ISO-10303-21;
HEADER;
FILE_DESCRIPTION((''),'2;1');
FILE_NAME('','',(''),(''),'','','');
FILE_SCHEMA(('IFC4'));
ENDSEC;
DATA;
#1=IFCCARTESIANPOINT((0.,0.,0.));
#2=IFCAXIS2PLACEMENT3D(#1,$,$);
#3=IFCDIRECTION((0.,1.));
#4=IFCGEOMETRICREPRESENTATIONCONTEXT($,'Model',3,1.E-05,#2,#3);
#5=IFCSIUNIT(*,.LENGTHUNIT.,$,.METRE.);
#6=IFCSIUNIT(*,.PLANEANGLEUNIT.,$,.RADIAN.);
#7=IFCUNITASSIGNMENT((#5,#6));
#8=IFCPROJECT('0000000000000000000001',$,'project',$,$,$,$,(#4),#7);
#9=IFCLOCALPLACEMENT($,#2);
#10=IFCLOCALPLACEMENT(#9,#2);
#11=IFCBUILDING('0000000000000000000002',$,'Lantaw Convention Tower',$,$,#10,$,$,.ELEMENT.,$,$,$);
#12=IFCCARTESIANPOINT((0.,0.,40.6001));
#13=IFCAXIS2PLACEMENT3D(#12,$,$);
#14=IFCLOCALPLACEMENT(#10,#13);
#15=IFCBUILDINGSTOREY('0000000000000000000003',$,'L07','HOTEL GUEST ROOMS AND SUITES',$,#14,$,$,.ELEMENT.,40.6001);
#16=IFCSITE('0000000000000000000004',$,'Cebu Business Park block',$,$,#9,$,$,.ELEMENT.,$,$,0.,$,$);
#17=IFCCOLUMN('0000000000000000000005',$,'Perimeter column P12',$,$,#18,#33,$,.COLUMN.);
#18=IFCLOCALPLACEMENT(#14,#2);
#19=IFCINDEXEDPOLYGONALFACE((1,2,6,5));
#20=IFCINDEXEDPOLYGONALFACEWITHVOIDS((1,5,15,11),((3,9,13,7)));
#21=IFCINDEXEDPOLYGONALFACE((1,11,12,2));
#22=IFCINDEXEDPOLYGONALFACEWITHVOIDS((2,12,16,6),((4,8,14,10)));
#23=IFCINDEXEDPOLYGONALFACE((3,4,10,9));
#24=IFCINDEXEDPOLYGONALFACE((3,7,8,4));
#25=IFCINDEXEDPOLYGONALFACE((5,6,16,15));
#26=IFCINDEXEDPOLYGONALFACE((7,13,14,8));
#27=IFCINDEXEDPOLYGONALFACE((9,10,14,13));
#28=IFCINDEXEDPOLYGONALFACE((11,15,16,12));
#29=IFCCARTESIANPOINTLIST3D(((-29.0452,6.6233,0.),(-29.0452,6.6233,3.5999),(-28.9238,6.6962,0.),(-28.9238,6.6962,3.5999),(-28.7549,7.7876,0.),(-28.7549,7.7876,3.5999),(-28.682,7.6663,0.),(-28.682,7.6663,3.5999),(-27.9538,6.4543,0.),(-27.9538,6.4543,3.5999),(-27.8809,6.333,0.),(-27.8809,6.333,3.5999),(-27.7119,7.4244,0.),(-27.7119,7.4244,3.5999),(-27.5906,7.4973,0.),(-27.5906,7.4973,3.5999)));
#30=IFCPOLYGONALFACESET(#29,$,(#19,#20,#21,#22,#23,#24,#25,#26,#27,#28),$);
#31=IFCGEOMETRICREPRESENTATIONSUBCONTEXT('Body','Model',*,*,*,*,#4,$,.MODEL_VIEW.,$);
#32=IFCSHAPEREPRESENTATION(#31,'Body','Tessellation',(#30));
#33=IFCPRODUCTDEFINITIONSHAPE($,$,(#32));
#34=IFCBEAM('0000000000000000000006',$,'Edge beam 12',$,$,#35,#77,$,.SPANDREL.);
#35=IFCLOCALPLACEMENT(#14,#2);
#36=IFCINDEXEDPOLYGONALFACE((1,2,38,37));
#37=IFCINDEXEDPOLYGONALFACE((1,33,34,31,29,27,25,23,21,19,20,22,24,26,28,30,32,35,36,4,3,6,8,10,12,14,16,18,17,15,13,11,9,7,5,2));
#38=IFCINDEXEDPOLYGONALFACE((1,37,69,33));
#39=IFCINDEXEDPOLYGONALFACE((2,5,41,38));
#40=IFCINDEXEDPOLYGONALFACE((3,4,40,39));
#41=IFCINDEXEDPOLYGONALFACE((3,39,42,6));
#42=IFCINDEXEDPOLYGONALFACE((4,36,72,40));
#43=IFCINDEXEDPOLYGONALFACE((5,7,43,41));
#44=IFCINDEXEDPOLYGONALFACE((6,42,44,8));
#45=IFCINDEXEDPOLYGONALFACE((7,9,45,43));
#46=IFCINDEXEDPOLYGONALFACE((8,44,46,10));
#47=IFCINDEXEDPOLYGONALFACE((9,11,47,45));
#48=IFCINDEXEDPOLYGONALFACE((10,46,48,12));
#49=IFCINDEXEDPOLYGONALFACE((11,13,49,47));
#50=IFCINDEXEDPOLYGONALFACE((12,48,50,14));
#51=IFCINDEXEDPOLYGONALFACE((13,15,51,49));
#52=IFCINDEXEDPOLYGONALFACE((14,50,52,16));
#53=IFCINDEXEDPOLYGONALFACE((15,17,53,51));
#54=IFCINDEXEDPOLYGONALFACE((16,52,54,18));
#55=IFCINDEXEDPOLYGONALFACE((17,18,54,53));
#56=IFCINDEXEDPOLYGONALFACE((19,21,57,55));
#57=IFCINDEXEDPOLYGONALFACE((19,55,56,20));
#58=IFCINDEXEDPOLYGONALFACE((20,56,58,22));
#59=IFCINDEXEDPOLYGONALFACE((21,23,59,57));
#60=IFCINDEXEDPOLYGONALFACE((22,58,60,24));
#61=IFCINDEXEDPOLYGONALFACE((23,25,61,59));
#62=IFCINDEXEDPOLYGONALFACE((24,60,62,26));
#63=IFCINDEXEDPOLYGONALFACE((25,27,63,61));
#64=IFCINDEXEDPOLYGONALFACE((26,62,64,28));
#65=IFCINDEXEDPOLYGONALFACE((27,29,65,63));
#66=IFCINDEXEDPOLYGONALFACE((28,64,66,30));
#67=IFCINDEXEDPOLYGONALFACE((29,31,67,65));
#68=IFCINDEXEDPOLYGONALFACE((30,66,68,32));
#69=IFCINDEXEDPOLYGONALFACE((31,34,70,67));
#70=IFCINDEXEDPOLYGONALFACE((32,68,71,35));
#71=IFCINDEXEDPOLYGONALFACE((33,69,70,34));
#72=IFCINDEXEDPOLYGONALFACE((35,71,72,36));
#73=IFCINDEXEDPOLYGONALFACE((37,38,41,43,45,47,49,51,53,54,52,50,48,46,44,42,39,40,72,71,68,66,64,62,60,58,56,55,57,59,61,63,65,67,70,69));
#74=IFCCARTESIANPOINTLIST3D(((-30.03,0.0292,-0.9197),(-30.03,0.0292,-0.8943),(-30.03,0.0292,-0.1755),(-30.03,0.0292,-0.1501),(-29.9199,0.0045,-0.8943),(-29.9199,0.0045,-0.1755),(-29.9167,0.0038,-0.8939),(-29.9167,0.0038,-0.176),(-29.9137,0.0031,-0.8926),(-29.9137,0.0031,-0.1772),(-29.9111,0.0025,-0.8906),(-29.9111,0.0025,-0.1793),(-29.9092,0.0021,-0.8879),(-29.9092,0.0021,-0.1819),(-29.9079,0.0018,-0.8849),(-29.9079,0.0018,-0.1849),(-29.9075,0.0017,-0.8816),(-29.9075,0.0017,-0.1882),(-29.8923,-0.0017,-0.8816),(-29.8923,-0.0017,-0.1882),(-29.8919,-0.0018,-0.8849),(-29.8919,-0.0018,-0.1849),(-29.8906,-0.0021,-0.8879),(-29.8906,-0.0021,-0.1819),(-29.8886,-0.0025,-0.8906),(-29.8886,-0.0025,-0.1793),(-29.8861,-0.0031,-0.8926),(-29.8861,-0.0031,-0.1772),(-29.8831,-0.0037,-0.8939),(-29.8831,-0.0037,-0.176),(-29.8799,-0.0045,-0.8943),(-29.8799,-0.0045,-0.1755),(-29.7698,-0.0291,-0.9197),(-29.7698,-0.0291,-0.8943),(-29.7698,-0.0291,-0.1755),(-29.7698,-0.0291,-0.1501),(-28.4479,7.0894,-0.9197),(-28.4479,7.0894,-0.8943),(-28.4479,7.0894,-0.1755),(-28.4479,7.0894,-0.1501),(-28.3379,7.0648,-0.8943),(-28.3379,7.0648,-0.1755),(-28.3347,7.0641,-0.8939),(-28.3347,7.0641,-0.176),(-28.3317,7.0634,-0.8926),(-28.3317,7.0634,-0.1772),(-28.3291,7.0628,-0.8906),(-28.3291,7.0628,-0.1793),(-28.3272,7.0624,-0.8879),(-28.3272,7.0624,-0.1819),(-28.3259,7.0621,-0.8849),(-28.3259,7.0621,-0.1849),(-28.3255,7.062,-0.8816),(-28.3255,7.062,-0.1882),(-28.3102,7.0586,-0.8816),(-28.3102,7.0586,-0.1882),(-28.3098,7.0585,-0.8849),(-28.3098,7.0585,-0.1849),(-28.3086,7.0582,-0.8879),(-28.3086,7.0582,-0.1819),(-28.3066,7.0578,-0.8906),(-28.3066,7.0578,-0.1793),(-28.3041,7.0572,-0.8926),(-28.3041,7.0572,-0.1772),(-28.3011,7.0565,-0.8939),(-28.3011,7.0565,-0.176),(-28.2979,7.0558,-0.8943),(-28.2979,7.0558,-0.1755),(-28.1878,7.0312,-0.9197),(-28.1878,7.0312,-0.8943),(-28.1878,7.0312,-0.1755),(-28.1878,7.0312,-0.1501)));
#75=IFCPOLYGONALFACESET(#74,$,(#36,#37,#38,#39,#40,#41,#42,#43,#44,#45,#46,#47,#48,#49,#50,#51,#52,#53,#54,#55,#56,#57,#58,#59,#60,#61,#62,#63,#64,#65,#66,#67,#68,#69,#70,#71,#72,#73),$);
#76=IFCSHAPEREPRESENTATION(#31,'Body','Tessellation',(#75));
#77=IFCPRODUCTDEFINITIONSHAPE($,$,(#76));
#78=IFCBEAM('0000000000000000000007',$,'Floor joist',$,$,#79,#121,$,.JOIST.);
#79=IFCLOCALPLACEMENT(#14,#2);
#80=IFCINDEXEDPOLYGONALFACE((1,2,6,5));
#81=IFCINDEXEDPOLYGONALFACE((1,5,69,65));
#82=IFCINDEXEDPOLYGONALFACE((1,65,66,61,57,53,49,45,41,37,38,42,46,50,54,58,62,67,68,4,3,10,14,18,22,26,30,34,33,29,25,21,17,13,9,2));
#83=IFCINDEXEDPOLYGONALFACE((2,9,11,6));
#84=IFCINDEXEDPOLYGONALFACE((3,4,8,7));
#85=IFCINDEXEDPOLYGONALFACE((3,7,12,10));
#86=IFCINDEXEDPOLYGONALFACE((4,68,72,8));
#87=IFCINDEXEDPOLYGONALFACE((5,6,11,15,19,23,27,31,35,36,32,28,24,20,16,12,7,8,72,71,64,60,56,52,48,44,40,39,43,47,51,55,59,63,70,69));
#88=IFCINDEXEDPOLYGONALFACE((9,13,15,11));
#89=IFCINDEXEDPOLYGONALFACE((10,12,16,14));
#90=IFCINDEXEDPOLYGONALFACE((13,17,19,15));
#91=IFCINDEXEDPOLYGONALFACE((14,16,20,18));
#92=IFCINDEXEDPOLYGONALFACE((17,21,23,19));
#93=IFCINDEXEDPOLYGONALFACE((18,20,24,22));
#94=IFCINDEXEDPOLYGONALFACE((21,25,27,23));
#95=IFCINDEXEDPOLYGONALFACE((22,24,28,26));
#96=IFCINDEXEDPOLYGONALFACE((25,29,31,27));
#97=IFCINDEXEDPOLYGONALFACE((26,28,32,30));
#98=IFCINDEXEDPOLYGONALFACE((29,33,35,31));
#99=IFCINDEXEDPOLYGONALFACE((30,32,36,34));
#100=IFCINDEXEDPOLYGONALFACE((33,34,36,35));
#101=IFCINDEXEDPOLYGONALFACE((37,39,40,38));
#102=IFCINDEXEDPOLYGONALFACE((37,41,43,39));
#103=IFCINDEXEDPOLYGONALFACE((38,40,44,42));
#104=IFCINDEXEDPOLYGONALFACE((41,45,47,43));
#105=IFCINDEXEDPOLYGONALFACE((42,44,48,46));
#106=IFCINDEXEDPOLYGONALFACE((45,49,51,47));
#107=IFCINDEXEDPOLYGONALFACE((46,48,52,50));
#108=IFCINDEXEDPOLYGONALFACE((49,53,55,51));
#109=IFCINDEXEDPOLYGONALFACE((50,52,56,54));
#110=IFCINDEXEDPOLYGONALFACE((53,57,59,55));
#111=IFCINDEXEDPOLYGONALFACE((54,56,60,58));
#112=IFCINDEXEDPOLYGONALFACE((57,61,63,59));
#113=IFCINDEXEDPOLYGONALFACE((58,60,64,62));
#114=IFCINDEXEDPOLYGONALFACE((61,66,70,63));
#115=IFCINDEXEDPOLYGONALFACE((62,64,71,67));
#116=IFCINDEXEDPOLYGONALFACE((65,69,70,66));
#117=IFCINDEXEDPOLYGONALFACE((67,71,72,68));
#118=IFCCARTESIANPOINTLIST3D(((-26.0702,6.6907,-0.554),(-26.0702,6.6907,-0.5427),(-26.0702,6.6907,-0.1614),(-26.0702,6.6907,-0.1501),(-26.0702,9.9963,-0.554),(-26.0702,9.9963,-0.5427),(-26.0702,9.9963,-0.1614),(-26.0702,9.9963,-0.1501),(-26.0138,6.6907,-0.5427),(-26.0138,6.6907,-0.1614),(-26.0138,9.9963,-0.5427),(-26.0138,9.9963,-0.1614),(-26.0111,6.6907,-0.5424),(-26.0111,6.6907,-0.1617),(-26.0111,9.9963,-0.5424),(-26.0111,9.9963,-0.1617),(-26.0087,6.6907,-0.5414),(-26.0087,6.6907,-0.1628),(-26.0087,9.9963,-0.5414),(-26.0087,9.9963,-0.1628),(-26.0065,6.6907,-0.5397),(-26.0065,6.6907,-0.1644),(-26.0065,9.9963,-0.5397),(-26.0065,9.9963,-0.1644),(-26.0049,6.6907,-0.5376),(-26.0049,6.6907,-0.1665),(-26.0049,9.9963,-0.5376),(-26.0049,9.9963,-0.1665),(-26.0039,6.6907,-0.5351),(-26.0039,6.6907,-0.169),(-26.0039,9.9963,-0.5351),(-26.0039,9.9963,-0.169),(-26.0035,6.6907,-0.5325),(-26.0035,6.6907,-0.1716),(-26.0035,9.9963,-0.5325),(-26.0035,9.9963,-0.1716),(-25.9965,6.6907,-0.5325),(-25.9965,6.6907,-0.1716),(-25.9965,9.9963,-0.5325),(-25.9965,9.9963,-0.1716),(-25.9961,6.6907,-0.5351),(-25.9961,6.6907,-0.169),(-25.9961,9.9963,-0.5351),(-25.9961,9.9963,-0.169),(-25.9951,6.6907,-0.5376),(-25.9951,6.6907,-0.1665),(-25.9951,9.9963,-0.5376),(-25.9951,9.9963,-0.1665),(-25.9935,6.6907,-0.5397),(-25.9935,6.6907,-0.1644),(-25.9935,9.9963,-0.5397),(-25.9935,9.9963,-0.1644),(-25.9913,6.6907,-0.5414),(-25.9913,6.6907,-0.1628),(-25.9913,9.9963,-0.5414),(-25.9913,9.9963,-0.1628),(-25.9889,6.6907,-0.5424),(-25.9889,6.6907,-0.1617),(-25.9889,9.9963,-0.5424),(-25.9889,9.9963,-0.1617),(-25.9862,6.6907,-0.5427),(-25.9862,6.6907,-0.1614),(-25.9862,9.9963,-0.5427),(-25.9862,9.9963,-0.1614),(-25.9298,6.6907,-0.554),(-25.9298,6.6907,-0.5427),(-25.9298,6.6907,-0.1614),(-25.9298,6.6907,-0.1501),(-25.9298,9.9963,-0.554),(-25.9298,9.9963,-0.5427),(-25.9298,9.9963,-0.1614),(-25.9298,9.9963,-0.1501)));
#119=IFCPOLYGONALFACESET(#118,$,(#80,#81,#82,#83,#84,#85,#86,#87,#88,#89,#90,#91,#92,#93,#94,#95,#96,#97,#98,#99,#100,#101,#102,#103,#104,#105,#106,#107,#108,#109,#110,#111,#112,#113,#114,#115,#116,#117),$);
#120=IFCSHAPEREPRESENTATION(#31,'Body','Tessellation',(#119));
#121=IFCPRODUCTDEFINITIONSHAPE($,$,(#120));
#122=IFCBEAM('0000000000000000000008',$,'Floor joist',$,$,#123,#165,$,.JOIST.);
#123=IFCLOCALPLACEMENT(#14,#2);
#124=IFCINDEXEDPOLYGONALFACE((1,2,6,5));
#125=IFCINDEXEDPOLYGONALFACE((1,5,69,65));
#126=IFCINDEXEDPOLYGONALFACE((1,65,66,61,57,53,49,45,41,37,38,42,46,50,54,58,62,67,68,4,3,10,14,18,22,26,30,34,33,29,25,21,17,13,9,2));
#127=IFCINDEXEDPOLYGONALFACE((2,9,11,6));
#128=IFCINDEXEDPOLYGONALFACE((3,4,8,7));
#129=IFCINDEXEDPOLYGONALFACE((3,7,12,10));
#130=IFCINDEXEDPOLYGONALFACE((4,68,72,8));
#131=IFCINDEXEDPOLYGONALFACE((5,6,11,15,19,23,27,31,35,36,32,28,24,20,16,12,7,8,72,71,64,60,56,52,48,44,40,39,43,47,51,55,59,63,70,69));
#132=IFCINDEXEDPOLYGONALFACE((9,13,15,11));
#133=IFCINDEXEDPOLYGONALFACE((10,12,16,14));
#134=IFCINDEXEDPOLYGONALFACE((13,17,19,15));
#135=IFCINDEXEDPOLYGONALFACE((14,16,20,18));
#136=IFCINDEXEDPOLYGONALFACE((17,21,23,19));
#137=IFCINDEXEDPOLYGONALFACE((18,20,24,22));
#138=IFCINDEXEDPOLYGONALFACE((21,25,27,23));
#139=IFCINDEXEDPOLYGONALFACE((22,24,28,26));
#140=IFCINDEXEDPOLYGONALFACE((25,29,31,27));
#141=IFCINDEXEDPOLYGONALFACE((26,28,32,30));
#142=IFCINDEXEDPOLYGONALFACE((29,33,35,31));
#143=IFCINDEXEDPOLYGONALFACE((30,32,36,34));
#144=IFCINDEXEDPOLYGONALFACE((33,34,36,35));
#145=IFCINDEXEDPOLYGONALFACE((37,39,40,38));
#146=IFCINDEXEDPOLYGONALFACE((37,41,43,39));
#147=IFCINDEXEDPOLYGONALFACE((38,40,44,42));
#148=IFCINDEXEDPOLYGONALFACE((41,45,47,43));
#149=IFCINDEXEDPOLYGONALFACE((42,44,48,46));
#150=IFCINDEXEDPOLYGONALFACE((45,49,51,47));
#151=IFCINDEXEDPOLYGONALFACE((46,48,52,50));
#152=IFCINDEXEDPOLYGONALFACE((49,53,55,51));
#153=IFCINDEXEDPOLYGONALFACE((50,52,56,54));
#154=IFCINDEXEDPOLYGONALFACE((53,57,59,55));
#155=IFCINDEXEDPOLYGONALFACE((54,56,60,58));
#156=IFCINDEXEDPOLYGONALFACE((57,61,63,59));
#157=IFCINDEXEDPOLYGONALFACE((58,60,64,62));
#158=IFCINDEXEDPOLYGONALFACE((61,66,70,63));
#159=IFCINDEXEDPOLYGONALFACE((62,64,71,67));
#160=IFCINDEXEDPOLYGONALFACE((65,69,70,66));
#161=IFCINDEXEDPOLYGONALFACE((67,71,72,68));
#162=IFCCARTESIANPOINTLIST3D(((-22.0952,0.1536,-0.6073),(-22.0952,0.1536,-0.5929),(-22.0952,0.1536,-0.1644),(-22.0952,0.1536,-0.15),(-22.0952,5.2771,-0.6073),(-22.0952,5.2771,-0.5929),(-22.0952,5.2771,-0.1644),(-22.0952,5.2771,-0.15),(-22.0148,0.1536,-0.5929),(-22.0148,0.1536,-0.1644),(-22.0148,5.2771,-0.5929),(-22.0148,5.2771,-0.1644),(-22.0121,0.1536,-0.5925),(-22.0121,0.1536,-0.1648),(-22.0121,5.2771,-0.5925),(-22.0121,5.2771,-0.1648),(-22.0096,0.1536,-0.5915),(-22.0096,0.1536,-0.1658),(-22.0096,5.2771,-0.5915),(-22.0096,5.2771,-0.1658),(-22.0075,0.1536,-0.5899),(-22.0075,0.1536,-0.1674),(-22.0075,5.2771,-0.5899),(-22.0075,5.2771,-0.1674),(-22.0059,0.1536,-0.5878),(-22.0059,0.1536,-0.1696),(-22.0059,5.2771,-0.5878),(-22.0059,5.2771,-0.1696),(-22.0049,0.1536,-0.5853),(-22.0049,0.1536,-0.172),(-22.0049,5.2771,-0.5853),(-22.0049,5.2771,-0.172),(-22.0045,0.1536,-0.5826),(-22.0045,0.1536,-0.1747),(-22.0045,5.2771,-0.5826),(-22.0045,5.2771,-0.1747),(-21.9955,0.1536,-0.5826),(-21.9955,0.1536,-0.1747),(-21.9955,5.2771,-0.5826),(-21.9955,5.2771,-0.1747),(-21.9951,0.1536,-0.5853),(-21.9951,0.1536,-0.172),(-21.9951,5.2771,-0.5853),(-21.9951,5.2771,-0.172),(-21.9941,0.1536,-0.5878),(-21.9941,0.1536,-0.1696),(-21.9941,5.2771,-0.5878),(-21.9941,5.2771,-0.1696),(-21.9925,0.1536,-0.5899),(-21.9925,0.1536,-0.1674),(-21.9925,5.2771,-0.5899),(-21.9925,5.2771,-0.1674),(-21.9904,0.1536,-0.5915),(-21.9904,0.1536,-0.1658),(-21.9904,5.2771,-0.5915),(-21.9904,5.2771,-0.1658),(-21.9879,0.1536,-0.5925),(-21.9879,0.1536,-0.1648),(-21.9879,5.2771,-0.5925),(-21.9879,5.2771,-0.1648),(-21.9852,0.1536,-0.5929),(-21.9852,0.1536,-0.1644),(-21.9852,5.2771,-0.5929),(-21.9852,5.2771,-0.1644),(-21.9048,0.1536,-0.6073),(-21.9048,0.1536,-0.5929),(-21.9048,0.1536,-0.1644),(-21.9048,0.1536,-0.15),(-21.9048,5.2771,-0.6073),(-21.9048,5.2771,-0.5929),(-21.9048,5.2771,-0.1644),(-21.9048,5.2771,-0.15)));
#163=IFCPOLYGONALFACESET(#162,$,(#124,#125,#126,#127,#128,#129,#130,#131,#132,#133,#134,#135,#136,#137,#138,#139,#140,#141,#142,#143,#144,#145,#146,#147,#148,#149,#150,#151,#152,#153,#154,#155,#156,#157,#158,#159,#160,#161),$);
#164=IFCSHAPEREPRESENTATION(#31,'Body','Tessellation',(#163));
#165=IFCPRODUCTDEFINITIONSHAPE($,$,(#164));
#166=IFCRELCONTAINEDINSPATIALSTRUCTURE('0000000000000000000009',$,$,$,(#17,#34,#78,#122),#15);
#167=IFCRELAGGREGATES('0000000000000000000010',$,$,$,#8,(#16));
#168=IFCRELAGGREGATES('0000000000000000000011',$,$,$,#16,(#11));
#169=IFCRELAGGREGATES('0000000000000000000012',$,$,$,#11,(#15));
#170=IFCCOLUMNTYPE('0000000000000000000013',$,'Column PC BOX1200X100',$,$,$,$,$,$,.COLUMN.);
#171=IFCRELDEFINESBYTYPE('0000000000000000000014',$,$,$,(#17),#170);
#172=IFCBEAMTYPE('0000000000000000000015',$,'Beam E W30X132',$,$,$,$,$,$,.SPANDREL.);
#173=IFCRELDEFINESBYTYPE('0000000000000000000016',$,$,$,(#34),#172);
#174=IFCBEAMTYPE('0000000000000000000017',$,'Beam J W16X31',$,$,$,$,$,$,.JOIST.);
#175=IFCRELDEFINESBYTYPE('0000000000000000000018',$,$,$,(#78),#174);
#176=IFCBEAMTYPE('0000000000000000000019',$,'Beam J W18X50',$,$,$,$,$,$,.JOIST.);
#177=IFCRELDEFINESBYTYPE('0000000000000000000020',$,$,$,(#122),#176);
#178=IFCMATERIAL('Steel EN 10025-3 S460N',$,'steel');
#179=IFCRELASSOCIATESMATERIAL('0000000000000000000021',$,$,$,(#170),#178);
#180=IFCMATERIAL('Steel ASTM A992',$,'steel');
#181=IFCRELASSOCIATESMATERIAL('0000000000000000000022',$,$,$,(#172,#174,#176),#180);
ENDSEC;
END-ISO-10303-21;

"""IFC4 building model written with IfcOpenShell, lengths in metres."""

from ifc_helpers import new_model, si_unit, direction, frame, origin, origin_2d, place, context, subcontext, project, spatial, rectangle, hollow_rectangle, i_section, extrude, material, material_profile, profile_set, type_object, element, save


model = new_model("IFC4")

# Units and contexts
model_context = context("Model", 3, precision=1e-05, world=origin(), true_north=direction((0.0, 1.0)))
body_context = subcontext(model_context, "Body", "Model", "MODEL_VIEW")
ifc_project = project(units=[si_unit("LENGTHUNIT", "METRE"), si_unit("PLANEANGLEUNIT", "RADIAN")], contexts=[model_context])

# Site, building, storey
site_placement = place(None, origin())
site = spatial("IfcSite", under=ifc_project, at=site_placement, Name="Cebu Business Park block", CompositionType="ELEMENT", RefElevation=0.0)
building_placement = place(site_placement, origin())
building = spatial("IfcBuilding", under=site, at=building_placement, Name="Lantaw Convention Tower", CompositionType="ELEMENT")
storey_placement = place(building_placement, frame((0.0, 0.0, 40.6001)))
storey = spatial("IfcBuildingStorey", under=building, at=storey_placement, Name="L07", Description="HOTEL GUEST ROOMS AND SUITES", CompositionType="ELEMENT", Elevation=40.6001)

# Column
ifc_material_1 = material(Name="Steel EN 10025-3 S460N", Category="steel")
ifc_material_profile_1 = material_profile(ifc_material_1, hollow_rectangle(XDim=1.2, YDim=1.2, WallThickness=0.1001, at=origin_2d()), Name="BOX1200X100")
ifc_material_2 = material(Name="Concrete C60/75", Category="concrete")
ifc_material_profile_2 = material_profile(ifc_material_2, rectangle(XDim=1.0, YDim=1.0, at=origin_2d()), Name="Concrete fill of BOX1200X100")
ifc_profile_set_1 = profile_set([ifc_material_profile_1, ifc_material_profile_2], Name="Steel EN 10025-3 S460N")
column_type = type_object("IfcColumnType", Name="Column PC BOX1200X100", PredefinedType="COLUMN", material=ifc_profile_set_1)
column_placement = place(storey_placement, frame((-28.3179, 7.0603, 0.0), z_axis=(0.0, 0.0, 1.0), x_axis=(0.241922, 0.970296, 0.0)))
element("IfcColumn", 1, at=column_placement, inside=storey, type_object=column_type, Name="Perimeter column P12", PredefinedType="COLUMN", context=body_context, shape_type="SweptSolid", body=[
    extrude(hollow_rectangle(XDim=1.2, YDim=1.2, WallThickness=0.1001, at=origin_2d()), origin(), (0.0, 0.0, 1.0), 3.5999),
])

# Beams
ifc_material_3 = material(Name="Steel ASTM A992", Category="steel")
ifc_material_profile_3 = material_profile(ifc_material_3, i_section(OverallWidth=0.2666, OverallDepth=0.7695, WebThickness=0.0156, FlangeThickness=0.0254, FilletRadius=0.0127, at=origin_2d()), Name="W30X132")
ifc_profile_set_2 = profile_set([ifc_material_profile_3], Name="Steel ASTM A992")
beam_type_1 = type_object("IfcBeamType", Name="Beam E W30X132", PredefinedType="SPANDREL", material=ifc_profile_set_2)
beam_1_placement = place(storey_placement, frame((-28.3179, 7.0603, -0.5349), z_axis=(-0.218652, -0.975803, 0.0), x_axis=(0.975803, -0.218652, 0.0)))
element("IfcBeam", 2, at=beam_1_placement, inside=storey, type_object=beam_type_1, Name="Edge beam 12", PredefinedType="SPANDREL", context=body_context, shape_type="SweptSolid", body=[
    extrude(i_section(OverallWidth=0.2666, OverallDepth=0.7695, WebThickness=0.0156, FlangeThickness=0.0254, FilletRadius=0.0127, at=origin_2d()), origin(), (0.0, 0.0, 1.0), 7.2354),
])
ifc_material_profile_4 = material_profile(ifc_material_3, i_section(OverallWidth=0.1404, OverallDepth=0.4038, WebThickness=0.0071, FlangeThickness=0.0112, FilletRadius=0.0103, at=origin_2d()), Name="W16X31")
ifc_profile_set_3 = profile_set([ifc_material_profile_4], Name="Steel ASTM A992")
beam_type_2 = type_object("IfcBeamType", Name="Beam J W16X31", PredefinedType="JOIST", material=ifc_profile_set_3)
beam_2_placement = place(storey_placement, frame((-26.0, 6.6907, -0.3521), z_axis=(0.0, 1.0, 0.0), x_axis=(-1.0, 0.0, 0.0)))
element("IfcBeam", 3, at=beam_2_placement, inside=storey, type_object=beam_type_2, Name="Floor joist", PredefinedType="JOIST", context=body_context, shape_type="SweptSolid", body=[
    extrude(i_section(OverallWidth=0.1404, OverallDepth=0.4038, WebThickness=0.0071, FlangeThickness=0.0112, FilletRadius=0.0103, at=origin_2d()), origin(), (0.0, 0.0, 1.0), 3.3057),
])
ifc_material_profile_5 = material_profile(ifc_material_3, i_section(OverallWidth=0.1904, OverallDepth=0.4573, WebThickness=0.009, FlangeThickness=0.0144, FilletRadius=0.0103, at=origin_2d()), Name="W18X50")
ifc_profile_set_4 = profile_set([ifc_material_profile_5], Name="Steel ASTM A992")
beam_type_3 = type_object("IfcBeamType", Name="Beam J W18X50", PredefinedType="JOIST", material=ifc_profile_set_4)
beam_3_placement = place(storey_placement, frame((-22.0, 0.1536, -0.3787), z_axis=(0.0, 1.0, 0.0), x_axis=(-1.0, 0.0, 0.0)))
element("IfcBeam", 4, at=beam_3_placement, inside=storey, type_object=beam_type_3, Name="Floor joist", PredefinedType="JOIST", context=body_context, shape_type="SweptSolid", body=[
    extrude(i_section(OverallWidth=0.1904, OverallDepth=0.4573, WebThickness=0.009, FlangeThickness=0.0144, FilletRadius=0.0103, at=origin_2d()), origin(), (0.0, 0.0, 1.0), 5.1235),
])

save(model, "model.ifc")
